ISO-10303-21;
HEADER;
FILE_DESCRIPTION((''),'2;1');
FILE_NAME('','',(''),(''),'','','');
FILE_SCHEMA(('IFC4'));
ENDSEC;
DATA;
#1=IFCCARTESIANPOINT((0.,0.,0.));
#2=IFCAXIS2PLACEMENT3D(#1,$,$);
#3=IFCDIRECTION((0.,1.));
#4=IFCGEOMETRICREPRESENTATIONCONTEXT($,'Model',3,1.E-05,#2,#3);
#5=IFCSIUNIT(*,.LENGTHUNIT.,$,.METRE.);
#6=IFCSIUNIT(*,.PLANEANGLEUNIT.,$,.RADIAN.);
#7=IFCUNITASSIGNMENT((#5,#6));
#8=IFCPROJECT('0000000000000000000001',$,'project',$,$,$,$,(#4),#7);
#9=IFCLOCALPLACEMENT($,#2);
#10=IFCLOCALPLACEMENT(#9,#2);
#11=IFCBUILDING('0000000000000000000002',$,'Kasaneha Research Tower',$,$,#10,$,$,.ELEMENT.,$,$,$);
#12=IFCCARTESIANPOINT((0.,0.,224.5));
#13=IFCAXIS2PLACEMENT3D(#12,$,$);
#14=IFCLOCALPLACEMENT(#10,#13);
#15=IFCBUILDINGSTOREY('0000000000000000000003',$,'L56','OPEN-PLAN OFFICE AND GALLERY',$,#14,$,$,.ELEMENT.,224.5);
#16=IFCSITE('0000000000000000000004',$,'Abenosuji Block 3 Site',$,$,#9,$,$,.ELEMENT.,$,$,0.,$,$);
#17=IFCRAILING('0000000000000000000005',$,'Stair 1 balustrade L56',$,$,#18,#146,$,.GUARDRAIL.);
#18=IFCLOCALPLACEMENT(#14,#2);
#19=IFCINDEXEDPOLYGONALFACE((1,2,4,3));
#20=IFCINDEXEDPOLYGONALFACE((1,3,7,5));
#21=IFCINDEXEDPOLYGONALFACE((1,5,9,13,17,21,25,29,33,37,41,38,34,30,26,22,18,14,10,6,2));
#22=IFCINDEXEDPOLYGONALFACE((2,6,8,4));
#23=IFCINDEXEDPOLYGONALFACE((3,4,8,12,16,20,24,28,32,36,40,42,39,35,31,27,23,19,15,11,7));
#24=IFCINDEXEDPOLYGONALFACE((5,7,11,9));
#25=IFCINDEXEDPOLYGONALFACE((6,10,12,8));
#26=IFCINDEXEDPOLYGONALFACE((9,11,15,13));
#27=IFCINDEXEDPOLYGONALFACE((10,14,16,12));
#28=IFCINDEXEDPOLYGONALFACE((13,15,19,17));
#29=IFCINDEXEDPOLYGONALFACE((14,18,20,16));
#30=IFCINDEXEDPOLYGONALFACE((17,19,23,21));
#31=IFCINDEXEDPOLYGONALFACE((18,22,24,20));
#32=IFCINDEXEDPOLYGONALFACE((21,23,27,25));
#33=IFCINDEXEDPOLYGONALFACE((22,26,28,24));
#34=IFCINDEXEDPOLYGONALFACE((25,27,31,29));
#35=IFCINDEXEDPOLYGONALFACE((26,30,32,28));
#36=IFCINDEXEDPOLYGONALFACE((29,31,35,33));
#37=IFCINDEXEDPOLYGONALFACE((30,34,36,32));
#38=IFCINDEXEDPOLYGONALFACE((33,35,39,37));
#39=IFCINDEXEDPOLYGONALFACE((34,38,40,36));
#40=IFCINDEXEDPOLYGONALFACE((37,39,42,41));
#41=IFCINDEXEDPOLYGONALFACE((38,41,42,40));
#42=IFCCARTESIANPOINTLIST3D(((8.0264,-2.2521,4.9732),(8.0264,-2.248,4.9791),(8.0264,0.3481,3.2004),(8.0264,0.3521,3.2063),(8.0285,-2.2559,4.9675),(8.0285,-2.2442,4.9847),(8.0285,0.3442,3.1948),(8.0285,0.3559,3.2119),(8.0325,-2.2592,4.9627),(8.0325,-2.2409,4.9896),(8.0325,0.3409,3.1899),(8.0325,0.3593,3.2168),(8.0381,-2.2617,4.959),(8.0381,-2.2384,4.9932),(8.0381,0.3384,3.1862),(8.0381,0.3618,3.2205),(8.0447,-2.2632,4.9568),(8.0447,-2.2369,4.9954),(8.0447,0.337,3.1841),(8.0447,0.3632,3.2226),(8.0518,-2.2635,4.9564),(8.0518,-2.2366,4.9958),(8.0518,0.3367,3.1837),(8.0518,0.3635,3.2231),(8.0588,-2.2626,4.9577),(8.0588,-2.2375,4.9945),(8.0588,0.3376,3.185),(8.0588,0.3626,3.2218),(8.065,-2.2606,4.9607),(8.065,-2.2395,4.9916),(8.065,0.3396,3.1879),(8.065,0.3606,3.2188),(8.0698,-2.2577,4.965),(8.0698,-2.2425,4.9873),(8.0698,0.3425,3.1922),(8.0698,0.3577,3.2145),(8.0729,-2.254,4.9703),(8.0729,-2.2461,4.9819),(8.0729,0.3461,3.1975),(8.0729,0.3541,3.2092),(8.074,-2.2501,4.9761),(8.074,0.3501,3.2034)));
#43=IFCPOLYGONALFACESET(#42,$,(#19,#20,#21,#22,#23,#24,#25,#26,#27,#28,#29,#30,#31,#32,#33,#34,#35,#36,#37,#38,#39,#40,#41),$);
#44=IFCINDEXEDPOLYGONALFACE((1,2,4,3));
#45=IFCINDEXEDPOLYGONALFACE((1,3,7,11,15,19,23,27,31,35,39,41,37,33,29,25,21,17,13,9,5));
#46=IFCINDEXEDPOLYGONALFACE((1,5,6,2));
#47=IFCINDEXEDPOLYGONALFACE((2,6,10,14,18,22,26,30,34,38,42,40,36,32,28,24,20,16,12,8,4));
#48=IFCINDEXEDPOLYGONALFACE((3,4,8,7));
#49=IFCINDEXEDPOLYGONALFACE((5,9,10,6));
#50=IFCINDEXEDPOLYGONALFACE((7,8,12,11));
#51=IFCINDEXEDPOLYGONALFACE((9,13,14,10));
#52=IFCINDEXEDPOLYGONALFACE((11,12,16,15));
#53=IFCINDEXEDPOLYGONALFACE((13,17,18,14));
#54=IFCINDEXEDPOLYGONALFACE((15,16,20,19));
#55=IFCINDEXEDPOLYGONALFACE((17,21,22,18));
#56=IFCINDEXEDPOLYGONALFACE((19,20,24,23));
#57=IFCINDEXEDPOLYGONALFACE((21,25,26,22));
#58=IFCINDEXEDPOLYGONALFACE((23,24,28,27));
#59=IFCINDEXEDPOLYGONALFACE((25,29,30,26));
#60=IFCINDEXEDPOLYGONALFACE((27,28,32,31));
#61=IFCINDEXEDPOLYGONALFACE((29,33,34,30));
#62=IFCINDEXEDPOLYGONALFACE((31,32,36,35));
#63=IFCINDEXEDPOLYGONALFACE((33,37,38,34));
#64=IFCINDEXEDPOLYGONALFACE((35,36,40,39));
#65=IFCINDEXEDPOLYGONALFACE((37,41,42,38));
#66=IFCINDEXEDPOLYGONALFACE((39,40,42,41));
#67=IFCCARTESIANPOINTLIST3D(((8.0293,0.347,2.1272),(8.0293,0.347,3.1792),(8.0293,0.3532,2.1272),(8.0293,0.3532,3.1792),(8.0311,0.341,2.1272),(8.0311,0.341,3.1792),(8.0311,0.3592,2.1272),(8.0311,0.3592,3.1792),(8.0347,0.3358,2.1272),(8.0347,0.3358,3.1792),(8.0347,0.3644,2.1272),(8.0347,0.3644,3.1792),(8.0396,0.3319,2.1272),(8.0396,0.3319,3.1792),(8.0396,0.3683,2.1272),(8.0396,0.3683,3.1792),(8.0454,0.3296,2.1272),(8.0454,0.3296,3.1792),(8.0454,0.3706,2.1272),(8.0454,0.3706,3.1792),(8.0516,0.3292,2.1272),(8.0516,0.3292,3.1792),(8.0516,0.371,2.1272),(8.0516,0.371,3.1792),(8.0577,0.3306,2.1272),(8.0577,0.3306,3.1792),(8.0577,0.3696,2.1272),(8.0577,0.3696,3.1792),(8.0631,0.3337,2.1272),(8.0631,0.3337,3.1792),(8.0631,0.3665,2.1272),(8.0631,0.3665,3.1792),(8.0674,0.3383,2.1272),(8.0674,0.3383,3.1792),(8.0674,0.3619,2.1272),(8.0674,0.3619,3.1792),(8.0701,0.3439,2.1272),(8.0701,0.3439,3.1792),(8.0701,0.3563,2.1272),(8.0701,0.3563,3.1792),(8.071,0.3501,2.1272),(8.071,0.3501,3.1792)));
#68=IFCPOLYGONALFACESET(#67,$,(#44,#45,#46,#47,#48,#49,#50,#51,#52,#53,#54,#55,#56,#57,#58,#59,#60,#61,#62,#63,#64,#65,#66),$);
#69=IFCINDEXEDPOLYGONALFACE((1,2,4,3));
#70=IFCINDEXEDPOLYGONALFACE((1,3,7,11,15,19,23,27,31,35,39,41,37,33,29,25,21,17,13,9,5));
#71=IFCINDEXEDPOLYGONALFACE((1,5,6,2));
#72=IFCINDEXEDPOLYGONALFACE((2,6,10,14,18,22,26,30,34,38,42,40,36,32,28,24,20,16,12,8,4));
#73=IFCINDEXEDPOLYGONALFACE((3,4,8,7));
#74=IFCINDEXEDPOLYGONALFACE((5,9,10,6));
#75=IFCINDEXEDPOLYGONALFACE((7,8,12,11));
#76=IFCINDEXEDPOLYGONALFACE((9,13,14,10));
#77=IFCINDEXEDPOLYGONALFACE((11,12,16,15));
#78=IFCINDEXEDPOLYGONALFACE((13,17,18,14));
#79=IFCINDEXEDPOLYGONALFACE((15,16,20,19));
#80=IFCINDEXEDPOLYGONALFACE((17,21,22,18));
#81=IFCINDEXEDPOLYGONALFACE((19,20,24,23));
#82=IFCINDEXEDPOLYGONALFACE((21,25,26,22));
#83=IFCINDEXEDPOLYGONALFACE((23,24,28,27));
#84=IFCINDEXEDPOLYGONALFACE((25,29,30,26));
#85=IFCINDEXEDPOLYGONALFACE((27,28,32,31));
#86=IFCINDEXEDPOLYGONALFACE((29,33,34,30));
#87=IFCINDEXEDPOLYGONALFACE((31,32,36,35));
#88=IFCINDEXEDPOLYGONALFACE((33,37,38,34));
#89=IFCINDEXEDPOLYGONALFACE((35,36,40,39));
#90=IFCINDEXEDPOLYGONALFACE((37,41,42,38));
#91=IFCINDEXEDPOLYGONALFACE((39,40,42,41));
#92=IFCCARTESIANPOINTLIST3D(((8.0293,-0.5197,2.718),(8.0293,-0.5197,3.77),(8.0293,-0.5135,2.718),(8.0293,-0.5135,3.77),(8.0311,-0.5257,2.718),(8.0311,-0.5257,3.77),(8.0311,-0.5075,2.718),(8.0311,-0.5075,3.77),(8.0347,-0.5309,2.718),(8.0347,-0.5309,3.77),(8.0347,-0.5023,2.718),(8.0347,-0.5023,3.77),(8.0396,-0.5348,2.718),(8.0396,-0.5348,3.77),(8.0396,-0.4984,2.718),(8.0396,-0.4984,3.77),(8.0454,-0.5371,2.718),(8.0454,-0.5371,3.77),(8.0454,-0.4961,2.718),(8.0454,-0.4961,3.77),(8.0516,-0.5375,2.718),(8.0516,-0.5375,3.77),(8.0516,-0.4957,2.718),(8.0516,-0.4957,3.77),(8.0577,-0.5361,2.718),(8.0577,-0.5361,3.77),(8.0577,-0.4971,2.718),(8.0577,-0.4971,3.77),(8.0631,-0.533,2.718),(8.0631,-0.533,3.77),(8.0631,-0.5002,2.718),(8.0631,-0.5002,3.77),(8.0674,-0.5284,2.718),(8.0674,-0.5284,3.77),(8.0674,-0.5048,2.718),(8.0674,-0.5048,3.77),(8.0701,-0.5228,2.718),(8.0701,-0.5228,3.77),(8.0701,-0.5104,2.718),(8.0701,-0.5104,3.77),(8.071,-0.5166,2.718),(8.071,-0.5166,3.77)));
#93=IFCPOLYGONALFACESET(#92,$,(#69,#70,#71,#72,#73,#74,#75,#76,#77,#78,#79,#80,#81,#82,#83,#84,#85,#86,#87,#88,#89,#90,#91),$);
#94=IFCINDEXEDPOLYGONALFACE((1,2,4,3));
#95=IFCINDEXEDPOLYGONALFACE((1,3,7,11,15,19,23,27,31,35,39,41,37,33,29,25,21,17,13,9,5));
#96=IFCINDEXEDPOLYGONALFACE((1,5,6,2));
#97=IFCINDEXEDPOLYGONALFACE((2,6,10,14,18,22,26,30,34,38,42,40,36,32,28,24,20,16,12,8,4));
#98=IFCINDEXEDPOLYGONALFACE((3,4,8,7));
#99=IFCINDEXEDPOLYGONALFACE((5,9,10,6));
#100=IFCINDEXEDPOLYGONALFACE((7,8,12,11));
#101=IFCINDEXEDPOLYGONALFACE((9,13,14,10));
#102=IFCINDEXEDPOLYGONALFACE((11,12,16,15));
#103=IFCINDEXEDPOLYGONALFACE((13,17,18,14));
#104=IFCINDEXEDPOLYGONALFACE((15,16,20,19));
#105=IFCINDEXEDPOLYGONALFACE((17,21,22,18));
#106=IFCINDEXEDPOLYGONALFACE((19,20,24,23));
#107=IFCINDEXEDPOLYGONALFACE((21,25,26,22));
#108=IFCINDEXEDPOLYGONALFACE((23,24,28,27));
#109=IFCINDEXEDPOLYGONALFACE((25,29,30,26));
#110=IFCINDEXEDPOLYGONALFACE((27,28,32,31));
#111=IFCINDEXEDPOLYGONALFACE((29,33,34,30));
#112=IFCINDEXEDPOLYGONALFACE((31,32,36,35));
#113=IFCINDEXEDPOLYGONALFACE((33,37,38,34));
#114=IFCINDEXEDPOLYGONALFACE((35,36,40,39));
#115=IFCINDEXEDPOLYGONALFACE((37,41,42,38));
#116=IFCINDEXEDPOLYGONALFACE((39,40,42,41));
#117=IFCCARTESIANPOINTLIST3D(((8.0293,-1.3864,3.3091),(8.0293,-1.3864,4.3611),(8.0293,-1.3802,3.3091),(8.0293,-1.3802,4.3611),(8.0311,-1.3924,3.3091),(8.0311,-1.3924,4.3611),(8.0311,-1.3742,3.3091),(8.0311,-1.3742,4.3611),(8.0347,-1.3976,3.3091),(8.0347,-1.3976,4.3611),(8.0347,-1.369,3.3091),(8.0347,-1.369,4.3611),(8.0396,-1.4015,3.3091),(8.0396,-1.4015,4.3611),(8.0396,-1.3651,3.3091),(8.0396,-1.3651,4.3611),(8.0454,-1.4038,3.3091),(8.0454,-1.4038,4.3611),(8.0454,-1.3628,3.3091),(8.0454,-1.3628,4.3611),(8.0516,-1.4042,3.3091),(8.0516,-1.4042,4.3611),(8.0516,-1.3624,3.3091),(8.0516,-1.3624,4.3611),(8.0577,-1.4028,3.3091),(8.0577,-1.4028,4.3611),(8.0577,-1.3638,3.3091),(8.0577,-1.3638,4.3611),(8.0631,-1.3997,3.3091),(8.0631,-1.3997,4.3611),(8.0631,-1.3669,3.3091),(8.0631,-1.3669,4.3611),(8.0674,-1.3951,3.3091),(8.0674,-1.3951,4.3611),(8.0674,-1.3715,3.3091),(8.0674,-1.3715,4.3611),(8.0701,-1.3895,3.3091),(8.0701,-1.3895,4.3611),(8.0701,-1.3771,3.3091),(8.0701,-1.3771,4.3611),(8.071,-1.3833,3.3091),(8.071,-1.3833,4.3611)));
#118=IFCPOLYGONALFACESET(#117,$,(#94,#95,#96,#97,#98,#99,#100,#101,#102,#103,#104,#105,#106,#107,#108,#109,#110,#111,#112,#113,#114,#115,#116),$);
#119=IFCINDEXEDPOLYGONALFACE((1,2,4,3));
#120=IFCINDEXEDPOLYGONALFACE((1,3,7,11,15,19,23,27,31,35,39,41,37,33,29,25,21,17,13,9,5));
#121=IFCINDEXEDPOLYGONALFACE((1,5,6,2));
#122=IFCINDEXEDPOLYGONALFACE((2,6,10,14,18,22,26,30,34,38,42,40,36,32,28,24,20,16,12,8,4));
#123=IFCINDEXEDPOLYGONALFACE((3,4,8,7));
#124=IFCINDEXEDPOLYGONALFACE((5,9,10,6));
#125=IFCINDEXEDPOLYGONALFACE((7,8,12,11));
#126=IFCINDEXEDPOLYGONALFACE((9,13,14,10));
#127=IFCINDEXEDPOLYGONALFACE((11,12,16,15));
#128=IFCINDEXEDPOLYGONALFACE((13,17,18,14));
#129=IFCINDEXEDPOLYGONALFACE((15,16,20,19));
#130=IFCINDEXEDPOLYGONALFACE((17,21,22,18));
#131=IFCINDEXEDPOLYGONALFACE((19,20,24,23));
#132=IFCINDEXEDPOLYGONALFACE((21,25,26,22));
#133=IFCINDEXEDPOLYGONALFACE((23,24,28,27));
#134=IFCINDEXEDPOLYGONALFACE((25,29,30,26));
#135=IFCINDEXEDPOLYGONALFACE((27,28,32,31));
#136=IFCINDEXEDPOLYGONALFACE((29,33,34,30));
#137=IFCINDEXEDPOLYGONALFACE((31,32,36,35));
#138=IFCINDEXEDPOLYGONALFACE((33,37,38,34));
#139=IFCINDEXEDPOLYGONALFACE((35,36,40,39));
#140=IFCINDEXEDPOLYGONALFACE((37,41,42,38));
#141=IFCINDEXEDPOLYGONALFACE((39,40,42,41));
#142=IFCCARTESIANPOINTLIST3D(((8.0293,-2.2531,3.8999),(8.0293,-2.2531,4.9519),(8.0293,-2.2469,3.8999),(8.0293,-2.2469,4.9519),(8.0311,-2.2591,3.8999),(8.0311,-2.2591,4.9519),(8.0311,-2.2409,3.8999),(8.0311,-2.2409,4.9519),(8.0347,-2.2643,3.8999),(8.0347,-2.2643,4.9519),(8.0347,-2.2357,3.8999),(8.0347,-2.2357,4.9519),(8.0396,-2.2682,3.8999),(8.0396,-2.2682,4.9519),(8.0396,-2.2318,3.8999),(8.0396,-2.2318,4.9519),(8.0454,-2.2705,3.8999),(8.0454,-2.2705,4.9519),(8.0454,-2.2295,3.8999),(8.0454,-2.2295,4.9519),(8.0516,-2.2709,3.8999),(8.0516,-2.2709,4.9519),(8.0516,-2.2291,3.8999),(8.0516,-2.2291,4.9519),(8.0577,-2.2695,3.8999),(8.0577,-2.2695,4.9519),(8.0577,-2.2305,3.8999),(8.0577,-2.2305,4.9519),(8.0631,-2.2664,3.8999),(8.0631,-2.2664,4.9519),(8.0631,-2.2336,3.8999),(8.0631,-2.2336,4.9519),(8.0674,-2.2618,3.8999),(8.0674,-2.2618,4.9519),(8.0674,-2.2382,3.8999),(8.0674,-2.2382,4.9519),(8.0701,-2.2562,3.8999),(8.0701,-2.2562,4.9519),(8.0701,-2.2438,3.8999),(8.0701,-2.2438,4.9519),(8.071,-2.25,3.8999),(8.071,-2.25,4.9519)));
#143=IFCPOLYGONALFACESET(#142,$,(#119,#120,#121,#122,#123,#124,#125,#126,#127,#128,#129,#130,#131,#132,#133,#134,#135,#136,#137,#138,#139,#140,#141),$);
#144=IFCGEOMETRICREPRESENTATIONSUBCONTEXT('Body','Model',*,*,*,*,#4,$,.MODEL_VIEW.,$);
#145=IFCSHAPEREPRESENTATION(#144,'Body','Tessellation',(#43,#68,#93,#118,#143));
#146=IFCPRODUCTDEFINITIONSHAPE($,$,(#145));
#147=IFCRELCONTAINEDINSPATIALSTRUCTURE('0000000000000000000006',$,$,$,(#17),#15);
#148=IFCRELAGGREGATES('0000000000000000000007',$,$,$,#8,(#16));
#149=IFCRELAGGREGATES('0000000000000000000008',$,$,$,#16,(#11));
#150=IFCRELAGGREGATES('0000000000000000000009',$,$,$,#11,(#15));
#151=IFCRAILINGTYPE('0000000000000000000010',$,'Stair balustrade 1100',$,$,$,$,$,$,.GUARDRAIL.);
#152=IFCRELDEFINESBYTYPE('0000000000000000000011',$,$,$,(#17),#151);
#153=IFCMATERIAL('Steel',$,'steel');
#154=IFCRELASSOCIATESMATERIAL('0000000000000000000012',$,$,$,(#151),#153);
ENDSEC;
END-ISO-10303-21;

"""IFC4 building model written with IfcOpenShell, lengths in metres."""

from ifc_helpers import new_model, si_unit, direction, frame, origin, origin_2d, place, context, subcontext, project, spatial, circle, extrude, material, type_object, element, save


model = new_model("IFC4")

# Units and contexts
model_context = context("Model", 3, precision=1e-05, world=origin(), true_north=direction((0.0, 1.0)))
body_context = subcontext(model_context, "Body", "Model", "MODEL_VIEW")
ifc_project = project(units=[si_unit("LENGTHUNIT", "METRE"), si_unit("PLANEANGLEUNIT", "RADIAN")], contexts=[model_context])

# Site, building, storey
site_placement = place(None, origin())
site = spatial("IfcSite", under=ifc_project, at=site_placement, Name="Abenosuji Block 3 Site", CompositionType="ELEMENT", RefElevation=0.0)
building_placement = place(site_placement, origin())
building = spatial("IfcBuilding", under=site, at=building_placement, Name="Kasaneha Research Tower", CompositionType="ELEMENT")
storey_placement = place(building_placement, frame((0.0, 0.0, 224.5)))
storey = spatial("IfcBuildingStorey", under=building, at=storey_placement, Name="L56", Description="OPEN-PLAN OFFICE AND GALLERY", CompositionType="ELEMENT", Elevation=224.5)

# Railing
ifc_material_1 = material(Name="Steel", Category="steel")
railing_type_1 = type_object("IfcRailingType", Name="Stair balustrade 1100", PredefinedType="GUARDRAIL", material=ifc_material_1)
railing_1_placement = place(storey_placement, frame((8.05, 0.3501, 2.1272)))
element("IfcRailing", 1, at=railing_1_placement, inside=storey, type_object=railing_type_1, Name="Stair 1 balustrade L56", PredefinedType="GUARDRAIL", context=body_context, shape_type="SweptSolid", body=[
    extrude(circle(Radius=0.0239, at=origin_2d()), frame((0.0, 0.0, 1.0762), z_axis=(0.0, -0.82624, 0.563318), x_axis=(1.0, 0.0, 0.0)), (0.0, 0.0, 1.0), 3.147),
    extrude(circle(Radius=0.021, at=origin_2d()), origin(), (0.0, 0.0, 1.0), 1.052),
    extrude(circle(Radius=0.021, at=origin_2d()), frame((0.0, -0.8667, 0.5908)), (0.0, 0.0, 1.0), 1.052),
    extrude(circle(Radius=0.021, at=origin_2d()), frame((0.0, -1.7334, 1.1819)), (0.0, 0.0, 1.0), 1.052),
    extrude(circle(Radius=0.021, at=origin_2d()), frame((0.0, -2.6001, 1.7727)), (0.0, 0.0, 1.0), 1.052),
])

save(model, "model.ifc")
